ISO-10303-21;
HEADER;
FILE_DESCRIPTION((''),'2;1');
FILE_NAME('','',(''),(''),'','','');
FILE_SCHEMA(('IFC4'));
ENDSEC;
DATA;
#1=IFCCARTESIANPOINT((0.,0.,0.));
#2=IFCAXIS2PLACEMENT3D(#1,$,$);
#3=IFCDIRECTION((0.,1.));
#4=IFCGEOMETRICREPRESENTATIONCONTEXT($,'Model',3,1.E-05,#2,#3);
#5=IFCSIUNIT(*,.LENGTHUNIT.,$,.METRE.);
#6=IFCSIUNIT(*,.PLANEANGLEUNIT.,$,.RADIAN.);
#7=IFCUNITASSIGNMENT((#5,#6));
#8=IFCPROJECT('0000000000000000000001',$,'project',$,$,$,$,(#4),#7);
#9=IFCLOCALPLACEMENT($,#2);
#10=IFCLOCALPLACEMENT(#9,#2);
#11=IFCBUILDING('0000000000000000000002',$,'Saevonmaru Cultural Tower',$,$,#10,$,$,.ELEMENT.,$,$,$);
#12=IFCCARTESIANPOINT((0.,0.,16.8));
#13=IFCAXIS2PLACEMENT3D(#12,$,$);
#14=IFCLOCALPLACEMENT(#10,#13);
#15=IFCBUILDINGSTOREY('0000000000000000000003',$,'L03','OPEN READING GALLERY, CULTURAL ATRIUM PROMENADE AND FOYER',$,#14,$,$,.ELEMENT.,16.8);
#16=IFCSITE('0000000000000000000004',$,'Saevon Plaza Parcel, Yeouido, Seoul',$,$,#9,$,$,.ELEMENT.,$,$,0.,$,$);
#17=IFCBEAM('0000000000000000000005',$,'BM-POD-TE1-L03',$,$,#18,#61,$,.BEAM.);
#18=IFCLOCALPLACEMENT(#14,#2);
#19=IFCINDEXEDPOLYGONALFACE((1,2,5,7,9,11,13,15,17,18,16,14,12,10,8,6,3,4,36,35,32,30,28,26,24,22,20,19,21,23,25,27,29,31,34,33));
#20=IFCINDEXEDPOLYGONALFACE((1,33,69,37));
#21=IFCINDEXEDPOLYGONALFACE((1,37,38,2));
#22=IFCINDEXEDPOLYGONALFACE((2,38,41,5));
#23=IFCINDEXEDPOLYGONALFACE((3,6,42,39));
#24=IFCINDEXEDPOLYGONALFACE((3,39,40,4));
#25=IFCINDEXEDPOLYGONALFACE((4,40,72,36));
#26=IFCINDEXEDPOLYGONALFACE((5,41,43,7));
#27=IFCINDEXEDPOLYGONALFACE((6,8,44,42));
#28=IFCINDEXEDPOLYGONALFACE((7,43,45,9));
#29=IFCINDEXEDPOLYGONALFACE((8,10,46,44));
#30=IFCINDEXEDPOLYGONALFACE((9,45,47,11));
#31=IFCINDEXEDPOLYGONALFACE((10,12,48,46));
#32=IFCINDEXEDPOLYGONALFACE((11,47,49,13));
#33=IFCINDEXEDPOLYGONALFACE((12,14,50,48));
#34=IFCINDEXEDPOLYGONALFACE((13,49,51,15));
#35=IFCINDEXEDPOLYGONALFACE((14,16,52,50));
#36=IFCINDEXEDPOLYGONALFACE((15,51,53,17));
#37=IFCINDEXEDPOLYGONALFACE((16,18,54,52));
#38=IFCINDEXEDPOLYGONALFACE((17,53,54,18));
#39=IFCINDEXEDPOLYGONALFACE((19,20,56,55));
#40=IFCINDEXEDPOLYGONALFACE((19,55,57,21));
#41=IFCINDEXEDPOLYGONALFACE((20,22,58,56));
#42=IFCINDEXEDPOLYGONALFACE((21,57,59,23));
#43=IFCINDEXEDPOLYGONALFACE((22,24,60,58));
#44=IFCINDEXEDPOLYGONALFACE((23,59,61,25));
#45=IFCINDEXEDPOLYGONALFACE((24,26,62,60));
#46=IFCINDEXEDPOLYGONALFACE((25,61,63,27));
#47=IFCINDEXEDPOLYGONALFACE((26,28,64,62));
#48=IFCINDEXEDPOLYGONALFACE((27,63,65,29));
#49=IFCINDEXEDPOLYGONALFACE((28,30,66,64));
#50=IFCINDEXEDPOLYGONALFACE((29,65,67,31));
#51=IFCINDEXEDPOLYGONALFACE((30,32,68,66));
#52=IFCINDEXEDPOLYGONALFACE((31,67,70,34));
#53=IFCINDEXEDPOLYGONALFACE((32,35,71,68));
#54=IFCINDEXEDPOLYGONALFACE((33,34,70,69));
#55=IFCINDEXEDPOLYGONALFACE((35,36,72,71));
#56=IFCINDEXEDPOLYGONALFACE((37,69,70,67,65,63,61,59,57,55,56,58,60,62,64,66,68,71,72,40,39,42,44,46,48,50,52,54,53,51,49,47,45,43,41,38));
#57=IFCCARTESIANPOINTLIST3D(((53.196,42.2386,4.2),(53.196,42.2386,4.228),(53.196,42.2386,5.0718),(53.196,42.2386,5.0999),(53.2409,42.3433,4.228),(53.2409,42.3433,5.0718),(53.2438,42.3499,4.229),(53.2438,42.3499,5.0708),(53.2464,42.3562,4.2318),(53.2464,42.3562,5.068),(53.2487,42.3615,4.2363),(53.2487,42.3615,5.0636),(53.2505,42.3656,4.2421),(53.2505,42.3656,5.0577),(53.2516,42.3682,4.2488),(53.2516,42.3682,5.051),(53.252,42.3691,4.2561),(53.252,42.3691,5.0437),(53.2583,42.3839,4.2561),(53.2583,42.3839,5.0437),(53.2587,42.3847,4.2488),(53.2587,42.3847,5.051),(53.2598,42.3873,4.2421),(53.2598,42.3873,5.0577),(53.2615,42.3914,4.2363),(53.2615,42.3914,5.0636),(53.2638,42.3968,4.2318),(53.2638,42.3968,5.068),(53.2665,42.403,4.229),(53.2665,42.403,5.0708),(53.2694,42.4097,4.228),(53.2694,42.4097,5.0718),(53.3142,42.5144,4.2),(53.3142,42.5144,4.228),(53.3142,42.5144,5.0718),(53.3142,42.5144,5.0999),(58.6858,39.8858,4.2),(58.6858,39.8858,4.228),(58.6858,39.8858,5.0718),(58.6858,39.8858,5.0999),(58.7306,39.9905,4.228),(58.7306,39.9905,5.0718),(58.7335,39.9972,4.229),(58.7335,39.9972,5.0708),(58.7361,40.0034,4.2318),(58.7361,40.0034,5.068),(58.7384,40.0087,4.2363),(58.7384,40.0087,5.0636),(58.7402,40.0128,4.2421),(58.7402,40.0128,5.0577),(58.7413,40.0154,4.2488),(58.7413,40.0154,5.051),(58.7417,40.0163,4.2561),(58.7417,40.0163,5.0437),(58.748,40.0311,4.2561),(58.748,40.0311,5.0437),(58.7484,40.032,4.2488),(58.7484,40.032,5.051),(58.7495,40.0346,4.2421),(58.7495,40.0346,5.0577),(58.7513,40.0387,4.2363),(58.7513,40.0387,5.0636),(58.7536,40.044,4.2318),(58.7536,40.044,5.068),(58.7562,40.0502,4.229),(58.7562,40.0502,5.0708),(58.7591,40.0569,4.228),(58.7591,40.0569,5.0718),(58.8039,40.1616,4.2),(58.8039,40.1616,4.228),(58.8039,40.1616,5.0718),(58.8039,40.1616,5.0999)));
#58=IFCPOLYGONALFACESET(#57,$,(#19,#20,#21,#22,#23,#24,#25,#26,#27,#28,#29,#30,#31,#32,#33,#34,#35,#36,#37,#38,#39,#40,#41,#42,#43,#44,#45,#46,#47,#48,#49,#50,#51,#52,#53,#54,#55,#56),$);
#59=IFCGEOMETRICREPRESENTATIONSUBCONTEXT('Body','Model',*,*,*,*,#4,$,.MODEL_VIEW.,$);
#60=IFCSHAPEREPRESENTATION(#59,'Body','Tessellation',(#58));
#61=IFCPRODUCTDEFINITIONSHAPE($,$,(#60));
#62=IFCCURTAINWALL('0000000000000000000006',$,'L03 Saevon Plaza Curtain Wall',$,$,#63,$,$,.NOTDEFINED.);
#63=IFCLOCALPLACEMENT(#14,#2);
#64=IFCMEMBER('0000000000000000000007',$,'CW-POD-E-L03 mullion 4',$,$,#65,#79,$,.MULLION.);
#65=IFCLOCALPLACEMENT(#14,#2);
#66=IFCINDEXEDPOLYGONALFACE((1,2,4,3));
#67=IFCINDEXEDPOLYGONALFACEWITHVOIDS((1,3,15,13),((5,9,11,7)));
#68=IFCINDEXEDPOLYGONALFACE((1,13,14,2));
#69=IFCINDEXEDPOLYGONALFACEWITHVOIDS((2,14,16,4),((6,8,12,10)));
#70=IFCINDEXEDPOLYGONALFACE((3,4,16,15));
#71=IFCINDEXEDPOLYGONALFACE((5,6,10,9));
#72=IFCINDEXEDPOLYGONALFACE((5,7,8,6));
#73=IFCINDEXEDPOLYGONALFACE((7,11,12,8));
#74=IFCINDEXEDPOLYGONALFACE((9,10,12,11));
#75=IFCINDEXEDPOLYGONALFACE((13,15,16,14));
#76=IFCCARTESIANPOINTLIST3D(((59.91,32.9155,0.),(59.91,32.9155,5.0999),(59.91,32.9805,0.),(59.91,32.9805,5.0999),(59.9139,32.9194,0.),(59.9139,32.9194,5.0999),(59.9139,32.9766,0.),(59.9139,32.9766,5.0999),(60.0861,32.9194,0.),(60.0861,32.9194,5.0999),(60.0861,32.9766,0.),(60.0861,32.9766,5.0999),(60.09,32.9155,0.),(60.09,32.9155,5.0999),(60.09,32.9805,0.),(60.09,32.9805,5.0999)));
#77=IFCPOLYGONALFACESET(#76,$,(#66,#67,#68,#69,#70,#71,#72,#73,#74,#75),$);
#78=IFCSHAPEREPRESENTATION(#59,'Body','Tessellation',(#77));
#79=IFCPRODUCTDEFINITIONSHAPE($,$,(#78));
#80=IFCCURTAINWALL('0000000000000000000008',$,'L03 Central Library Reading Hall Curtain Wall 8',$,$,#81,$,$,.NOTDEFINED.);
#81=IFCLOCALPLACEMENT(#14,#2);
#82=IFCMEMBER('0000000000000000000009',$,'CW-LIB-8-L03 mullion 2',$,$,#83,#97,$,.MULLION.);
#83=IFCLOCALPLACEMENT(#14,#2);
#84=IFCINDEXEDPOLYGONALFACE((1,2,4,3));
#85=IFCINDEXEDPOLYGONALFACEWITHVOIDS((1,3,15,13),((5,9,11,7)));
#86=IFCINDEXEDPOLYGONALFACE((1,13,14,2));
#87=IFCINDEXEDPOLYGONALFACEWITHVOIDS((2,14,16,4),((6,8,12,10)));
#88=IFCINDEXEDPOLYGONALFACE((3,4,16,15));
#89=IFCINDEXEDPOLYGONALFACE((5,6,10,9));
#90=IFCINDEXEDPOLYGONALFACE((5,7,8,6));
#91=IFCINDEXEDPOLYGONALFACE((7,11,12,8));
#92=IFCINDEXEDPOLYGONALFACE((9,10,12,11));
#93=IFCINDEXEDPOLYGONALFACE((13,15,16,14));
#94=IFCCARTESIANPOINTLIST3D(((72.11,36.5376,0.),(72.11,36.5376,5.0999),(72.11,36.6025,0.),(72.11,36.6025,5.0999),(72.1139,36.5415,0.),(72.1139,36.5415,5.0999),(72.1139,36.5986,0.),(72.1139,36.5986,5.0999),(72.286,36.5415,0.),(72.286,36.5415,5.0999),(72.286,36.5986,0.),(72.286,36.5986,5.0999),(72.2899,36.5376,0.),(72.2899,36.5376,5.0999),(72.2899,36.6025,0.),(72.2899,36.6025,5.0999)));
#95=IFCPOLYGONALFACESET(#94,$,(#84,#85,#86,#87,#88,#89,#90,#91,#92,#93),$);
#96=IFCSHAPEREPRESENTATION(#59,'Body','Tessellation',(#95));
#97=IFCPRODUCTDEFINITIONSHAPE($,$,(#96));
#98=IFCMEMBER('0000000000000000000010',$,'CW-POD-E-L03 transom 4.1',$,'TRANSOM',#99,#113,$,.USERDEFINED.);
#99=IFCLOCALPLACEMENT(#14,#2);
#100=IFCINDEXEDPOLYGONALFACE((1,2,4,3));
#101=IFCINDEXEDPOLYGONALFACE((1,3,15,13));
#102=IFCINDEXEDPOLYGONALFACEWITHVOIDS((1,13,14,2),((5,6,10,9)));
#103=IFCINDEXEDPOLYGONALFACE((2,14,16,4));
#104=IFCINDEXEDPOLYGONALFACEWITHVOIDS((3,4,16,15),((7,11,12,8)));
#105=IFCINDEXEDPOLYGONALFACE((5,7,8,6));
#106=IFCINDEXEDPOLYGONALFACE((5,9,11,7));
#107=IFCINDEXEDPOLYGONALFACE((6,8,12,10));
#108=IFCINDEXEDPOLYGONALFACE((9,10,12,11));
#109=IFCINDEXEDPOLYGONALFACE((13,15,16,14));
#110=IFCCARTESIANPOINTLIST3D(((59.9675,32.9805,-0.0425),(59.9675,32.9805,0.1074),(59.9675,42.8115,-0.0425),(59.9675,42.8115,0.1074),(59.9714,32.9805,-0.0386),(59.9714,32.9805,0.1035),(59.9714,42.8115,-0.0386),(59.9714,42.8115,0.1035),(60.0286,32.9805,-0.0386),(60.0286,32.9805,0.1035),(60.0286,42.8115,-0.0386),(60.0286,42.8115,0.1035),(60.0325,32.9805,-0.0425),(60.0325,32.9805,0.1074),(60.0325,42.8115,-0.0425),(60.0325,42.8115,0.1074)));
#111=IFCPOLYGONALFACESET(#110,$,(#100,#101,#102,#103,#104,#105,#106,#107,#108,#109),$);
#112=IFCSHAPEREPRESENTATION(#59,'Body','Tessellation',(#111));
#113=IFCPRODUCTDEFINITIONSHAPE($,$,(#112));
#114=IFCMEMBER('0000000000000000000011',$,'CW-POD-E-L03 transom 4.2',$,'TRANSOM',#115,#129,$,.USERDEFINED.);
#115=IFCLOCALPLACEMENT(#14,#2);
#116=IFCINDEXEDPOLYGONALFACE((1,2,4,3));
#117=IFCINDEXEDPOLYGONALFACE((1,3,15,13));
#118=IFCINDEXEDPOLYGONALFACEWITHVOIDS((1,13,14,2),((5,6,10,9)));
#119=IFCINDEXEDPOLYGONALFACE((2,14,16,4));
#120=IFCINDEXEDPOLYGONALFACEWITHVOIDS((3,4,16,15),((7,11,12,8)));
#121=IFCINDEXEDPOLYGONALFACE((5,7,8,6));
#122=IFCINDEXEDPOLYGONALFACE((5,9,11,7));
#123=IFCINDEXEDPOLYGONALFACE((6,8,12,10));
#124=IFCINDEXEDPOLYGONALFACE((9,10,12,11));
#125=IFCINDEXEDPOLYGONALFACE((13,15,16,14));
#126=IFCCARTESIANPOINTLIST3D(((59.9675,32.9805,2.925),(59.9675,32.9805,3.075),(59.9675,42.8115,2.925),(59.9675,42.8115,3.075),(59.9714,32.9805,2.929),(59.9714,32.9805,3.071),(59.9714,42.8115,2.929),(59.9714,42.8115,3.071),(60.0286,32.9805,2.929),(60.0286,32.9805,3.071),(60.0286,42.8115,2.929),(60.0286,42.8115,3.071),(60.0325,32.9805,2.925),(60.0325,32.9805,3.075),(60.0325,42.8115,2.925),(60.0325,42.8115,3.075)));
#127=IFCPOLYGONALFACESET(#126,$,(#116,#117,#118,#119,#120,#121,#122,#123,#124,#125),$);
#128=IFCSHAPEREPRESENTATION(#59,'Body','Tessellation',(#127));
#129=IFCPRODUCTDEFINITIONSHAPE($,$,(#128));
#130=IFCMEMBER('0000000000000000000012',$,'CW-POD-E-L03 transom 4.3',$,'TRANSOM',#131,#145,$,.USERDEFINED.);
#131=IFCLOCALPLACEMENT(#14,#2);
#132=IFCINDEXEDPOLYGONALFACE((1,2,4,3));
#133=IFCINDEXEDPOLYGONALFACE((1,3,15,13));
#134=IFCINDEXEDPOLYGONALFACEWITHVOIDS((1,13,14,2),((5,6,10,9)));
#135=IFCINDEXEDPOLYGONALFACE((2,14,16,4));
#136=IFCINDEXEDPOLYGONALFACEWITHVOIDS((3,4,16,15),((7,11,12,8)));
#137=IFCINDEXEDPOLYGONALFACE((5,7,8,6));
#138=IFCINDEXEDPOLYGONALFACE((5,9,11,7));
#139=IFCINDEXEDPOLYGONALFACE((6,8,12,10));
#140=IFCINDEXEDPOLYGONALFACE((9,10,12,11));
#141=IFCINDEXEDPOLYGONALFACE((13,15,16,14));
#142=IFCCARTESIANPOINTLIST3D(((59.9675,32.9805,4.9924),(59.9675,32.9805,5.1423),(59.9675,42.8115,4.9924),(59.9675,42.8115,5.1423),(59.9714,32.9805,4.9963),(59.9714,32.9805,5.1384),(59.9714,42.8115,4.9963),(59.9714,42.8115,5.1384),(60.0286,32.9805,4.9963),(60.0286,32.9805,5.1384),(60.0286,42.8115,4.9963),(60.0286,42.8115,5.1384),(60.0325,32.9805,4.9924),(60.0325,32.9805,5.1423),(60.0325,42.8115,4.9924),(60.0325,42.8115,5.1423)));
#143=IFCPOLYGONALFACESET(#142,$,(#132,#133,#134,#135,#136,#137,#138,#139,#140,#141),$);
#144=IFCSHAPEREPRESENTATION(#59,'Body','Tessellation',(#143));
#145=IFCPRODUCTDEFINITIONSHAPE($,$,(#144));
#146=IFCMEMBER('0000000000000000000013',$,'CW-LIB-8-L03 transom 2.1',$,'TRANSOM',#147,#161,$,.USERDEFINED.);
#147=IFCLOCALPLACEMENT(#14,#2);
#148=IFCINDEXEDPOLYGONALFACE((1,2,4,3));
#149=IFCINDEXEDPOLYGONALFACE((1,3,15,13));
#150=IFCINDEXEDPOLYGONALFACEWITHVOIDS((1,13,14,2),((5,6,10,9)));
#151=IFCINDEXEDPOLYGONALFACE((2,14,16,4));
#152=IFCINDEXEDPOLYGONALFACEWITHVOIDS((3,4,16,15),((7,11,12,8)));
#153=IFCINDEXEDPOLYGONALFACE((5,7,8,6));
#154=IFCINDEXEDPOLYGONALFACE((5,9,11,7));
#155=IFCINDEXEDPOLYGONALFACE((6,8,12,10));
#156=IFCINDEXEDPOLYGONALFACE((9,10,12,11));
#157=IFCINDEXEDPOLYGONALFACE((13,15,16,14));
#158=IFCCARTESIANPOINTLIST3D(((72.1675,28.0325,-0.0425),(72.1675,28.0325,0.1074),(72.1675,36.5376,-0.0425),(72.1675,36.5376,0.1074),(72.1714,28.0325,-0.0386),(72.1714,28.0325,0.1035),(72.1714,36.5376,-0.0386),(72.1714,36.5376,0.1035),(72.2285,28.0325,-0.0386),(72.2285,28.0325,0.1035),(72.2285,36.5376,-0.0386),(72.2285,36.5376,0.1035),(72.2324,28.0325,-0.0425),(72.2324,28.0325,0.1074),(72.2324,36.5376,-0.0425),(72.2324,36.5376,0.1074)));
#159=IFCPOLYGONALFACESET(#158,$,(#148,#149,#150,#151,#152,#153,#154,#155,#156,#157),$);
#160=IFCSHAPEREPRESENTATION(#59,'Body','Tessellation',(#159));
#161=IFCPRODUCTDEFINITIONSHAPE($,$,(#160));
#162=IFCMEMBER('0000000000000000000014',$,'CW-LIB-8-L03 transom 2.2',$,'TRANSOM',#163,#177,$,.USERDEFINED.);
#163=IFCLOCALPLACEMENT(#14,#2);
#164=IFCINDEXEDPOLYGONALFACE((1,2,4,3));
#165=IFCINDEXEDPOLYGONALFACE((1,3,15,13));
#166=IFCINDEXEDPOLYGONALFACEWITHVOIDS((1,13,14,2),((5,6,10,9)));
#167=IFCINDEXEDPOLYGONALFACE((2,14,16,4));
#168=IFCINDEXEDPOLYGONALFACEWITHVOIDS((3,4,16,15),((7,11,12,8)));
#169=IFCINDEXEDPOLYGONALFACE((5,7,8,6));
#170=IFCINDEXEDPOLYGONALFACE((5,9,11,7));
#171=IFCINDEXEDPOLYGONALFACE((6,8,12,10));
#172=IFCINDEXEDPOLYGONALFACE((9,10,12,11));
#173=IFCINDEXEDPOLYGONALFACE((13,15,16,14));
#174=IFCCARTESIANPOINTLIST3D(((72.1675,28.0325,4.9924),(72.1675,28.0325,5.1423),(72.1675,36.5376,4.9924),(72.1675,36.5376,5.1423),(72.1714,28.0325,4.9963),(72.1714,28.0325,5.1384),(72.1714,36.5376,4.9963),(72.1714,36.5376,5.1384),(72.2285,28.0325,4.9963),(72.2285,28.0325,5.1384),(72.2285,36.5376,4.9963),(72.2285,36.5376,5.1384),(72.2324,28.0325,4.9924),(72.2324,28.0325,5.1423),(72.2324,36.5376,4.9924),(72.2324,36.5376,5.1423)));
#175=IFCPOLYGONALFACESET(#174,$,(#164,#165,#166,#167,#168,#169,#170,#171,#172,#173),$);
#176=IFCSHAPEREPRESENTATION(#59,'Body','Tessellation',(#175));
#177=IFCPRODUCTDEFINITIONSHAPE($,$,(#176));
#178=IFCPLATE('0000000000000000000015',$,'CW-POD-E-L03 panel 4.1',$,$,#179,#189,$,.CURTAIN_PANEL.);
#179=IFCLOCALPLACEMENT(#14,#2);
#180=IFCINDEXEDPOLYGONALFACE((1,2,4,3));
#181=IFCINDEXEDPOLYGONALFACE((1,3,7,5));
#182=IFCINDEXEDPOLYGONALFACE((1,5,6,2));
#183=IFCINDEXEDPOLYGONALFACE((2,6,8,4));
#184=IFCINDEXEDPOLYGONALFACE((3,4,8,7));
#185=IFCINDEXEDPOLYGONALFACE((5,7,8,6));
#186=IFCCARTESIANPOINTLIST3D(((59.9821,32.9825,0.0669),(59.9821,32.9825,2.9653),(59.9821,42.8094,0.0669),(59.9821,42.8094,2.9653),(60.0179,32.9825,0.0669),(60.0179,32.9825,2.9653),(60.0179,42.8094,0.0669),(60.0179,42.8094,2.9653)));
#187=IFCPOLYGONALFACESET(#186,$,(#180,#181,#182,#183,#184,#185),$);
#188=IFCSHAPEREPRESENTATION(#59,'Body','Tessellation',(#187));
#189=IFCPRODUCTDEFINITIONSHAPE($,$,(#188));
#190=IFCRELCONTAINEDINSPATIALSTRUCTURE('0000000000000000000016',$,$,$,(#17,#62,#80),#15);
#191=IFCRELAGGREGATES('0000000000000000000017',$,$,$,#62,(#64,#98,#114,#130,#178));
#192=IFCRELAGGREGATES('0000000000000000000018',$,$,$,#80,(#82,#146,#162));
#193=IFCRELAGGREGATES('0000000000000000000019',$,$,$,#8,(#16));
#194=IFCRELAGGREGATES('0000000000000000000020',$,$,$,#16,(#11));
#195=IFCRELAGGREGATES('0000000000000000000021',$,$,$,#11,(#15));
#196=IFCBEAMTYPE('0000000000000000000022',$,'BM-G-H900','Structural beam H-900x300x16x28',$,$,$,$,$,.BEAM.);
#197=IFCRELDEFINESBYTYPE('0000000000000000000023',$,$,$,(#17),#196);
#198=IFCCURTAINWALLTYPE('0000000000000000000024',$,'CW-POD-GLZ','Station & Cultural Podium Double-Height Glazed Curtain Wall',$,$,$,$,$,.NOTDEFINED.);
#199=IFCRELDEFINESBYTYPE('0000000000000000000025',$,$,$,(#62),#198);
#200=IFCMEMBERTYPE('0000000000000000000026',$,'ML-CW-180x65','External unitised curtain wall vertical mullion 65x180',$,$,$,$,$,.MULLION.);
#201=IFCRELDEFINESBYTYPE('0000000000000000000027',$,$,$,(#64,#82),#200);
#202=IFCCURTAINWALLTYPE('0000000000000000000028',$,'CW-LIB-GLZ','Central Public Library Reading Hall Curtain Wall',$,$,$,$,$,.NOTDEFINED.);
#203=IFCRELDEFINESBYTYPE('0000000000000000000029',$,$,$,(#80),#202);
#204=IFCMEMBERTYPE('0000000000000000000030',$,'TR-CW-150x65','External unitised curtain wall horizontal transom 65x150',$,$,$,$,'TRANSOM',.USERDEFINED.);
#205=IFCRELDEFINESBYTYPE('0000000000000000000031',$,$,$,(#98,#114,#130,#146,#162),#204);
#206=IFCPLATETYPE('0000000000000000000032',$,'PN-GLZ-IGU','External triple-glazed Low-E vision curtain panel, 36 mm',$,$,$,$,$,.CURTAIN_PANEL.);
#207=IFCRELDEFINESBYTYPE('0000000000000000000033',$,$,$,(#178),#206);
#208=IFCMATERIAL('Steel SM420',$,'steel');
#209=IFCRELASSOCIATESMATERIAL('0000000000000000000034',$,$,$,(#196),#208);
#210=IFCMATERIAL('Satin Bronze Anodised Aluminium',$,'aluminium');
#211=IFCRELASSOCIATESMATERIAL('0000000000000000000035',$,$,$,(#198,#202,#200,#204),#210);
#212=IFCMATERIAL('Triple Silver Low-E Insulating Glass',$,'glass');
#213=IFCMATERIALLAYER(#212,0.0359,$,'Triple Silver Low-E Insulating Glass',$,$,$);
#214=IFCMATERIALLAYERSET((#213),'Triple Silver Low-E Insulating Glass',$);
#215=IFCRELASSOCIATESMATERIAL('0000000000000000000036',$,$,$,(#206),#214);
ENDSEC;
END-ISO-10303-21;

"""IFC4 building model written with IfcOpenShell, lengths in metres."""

from ifc_helpers import new_model, si_unit, direction, frame, origin, origin_2d, place, context, subcontext, project, spatial, rectangle, hollow_rectangle, i_section, extrude, material, layer, layer_set, material_profile, profile_set, type_object, element, aggregate, save


model = new_model("IFC4")

# Units and contexts
model_context = context("Model", 3, precision=1e-05, world=origin(), true_north=direction((0.0, 1.0)))
body_context = subcontext(model_context, "Body", "Model", "MODEL_VIEW")
ifc_project = project(units=[si_unit("LENGTHUNIT", "METRE"), si_unit("PLANEANGLEUNIT", "RADIAN")], contexts=[model_context])

# Site, building, storey
site_placement = place(None, origin())
site = spatial("IfcSite", under=ifc_project, at=site_placement, Name="Saevon Plaza Parcel, Yeouido, Seoul", CompositionType="ELEMENT", RefElevation=0.0)
building_placement = place(site_placement, origin())
building = spatial("IfcBuilding", under=site, at=building_placement, Name="Saevonmaru Cultural Tower", CompositionType="ELEMENT")
storey_placement = place(building_placement, frame((0.0, 0.0, 16.8)))
storey = spatial("IfcBuildingStorey", under=building, at=storey_placement, Name="L03", Description="OPEN READING GALLERY, CULTURAL ATRIUM PROMENADE AND FOYER", CompositionType="ELEMENT", Elevation=16.8)

# Shared definitions
ifc_material_1 = material(Name="Steel SM420", Category="steel")

# Beam
ifc_material_profile_1 = material_profile(ifc_material_1, i_section(OverallWidth=0.3, OverallDepth=0.8999, WebThickness=0.0161, FlangeThickness=0.0281, FilletRadius=0.0281, at=origin_2d()), Name="H-900x300x16x28")
ifc_profile_set_1 = profile_set([ifc_material_profile_1], Name="Steel SM420")
beam_type = type_object("IfcBeamType", Name="BM-G-H900", Description="Structural beam H-900x300x16x28", PredefinedType="BEAM", material=ifc_profile_set_1)
beam_placement = place(storey_placement, frame((53.2551, 42.3765, 4.6499), z_axis=(0.919143, -0.393924, 0.0), x_axis=(0.393924, 0.919143, 0.0)))
element("IfcBeam", 1, at=beam_placement, inside=storey, type_object=beam_type, Name="BM-POD-TE1-L03", PredefinedType="BEAM", context=body_context, shape_type="SweptSolid", body=[
    extrude(i_section(OverallWidth=0.3, OverallDepth=0.8999, WebThickness=0.0161, FlangeThickness=0.0281, FilletRadius=0.0281, at=origin_2d()), origin(), (0.0, 0.0, 1.0), 5.9727),
])

# Curtain walls, members
ifc_material_2 = material(Name="Satin Bronze Anodised Aluminium", Category="aluminium")
curtain_wall_type_1 = type_object("IfcCurtainWallType", Name="CW-POD-GLZ", Description="Station & Cultural Podium Double-Height Glazed Curtain Wall", PredefinedType="NOTDEFINED", material=ifc_material_2)
curtain_wall_1_placement = place(storey_placement, origin())
curtain_wall_1 = element("IfcCurtainWall", 2, at=curtain_wall_1_placement, inside=storey, type_object=curtain_wall_type_1, Name="L03 Saevon Plaza Curtain Wall", PredefinedType="NOTDEFINED")
ifc_material_profile_2 = material_profile(ifc_material_2, hollow_rectangle(XDim=0.0649, YDim=0.1799, WallThickness=0.0039, at=origin_2d()), Name="ALU-MULL-180x65x4")
ifc_profile_set_2 = profile_set([ifc_material_profile_2], Name="Satin Bronze Anodised Aluminium")
member_type_1 = type_object("IfcMemberType", Name="ML-CW-180x65", Description="External unitised curtain wall vertical mullion 65x180", PredefinedType="MULLION", material=ifc_profile_set_2)
member_1_placement = place(storey_placement, frame((60.0, 32.948, 0.0), z_axis=(0.0, 0.0, 1.0), x_axis=(0.0, 1.0, 0.0)))
member_1 = element("IfcMember", 3, at=member_1_placement, type_object=member_type_1, Name="CW-POD-E-L03 mullion 4", PredefinedType="MULLION", context=body_context, shape_type="SweptSolid", body=[
    extrude(hollow_rectangle(XDim=0.0649, YDim=0.1799, WallThickness=0.0039, at=origin_2d()), origin(), (0.0, 0.0, 1.0), 5.0999),
])
curtain_wall_type_2 = type_object("IfcCurtainWallType", Name="CW-LIB-GLZ", Description="Central Public Library Reading Hall Curtain Wall", PredefinedType="NOTDEFINED", material=ifc_material_2)
curtain_wall_2_placement = place(storey_placement, origin())
curtain_wall_2 = element("IfcCurtainWall", 4, at=curtain_wall_2_placement, inside=storey, type_object=curtain_wall_type_2, Name="L03 Central Library Reading Hall Curtain Wall 8", PredefinedType="NOTDEFINED")
member_2_placement = place(storey_placement, frame((72.2, 36.5701, 0.0), z_axis=(0.0, 0.0, 1.0), x_axis=(0.0, -1.0, 0.0)))
member_2 = element("IfcMember", 5, at=member_2_placement, type_object=member_type_1, Name="CW-LIB-8-L03 mullion 2", PredefinedType="MULLION", context=body_context, shape_type="SweptSolid", body=[
    extrude(hollow_rectangle(XDim=0.0649, YDim=0.1799, WallThickness=0.0039, at=origin_2d()), origin(), (0.0, 0.0, 1.0), 5.0999),
])

# Members
ifc_material_profile_3 = material_profile(ifc_material_2, hollow_rectangle(XDim=0.0649, YDim=0.1499, WallThickness=0.0039, at=origin_2d()), Name="ALU-TRAN-150x65x4")
ifc_profile_set_3 = profile_set([ifc_material_profile_3], Name="Satin Bronze Anodised Aluminium")
member_type_2 = type_object("IfcMemberType", Name="TR-CW-150x65", Description="External unitised curtain wall horizontal transom 65x150", ElementType="TRANSOM", PredefinedType="USERDEFINED", material=ifc_profile_set_3)
member_3_placement = place(storey_placement, frame((60.0, 32.9805, 0.0325), z_axis=(0.0, 1.0, 0.0), x_axis=(-1.0, 0.0, 0.0)))
member_3 = element("IfcMember", 6, at=member_3_placement, type_object=member_type_2, Name="CW-POD-E-L03 transom 4.1", ObjectType="TRANSOM", PredefinedType="USERDEFINED", context=body_context, shape_type="SweptSolid", body=[
    extrude(hollow_rectangle(XDim=0.0649, YDim=0.1499, WallThickness=0.0039, at=origin_2d()), origin(), (0.0, 0.0, 1.0), 9.8311),
])
member_4_placement = place(storey_placement, frame((60.0, 32.9805, 3.0), z_axis=(0.0, 1.0, 0.0), x_axis=(-1.0, 0.0, 0.0)))
member_4 = element("IfcMember", 7, at=member_4_placement, type_object=member_type_2, Name="CW-POD-E-L03 transom 4.2", ObjectType="TRANSOM", PredefinedType="USERDEFINED", context=body_context, shape_type="SweptSolid", body=[
    extrude(hollow_rectangle(XDim=0.0649, YDim=0.1499, WallThickness=0.0039, at=origin_2d()), origin(), (0.0, 0.0, 1.0), 9.8311),
])
member_5_placement = place(storey_placement, frame((60.0, 32.9805, 5.0674), z_axis=(0.0, 1.0, 0.0), x_axis=(-1.0, 0.0, 0.0)))
member_5 = element("IfcMember", 8, at=member_5_placement, type_object=member_type_2, Name="CW-POD-E-L03 transom 4.3", ObjectType="TRANSOM", PredefinedType="USERDEFINED", context=body_context, shape_type="SweptSolid", body=[
    extrude(hollow_rectangle(XDim=0.0649, YDim=0.1499, WallThickness=0.0039, at=origin_2d()), origin(), (0.0, 0.0, 1.0), 9.8311),
])
member_6_placement = place(storey_placement, frame((72.2, 36.5376, 0.0325), z_axis=(0.0, -1.0, 0.0), x_axis=(1.0, 0.0, 0.0)))
member_6 = element("IfcMember", 9, at=member_6_placement, type_object=member_type_2, Name="CW-LIB-8-L03 transom 2.1", ObjectType="TRANSOM", PredefinedType="USERDEFINED", context=body_context, shape_type="SweptSolid", body=[
    extrude(hollow_rectangle(XDim=0.0649, YDim=0.1499, WallThickness=0.0039, at=origin_2d()), origin(), (0.0, 0.0, 1.0), 8.5051),
])
member_7_placement = place(storey_placement, frame((72.2, 36.5376, 5.0674), z_axis=(0.0, -1.0, 0.0), x_axis=(1.0, 0.0, 0.0)))
member_7 = element("IfcMember", 10, at=member_7_placement, type_object=member_type_2, Name="CW-LIB-8-L03 transom 2.2", ObjectType="TRANSOM", PredefinedType="USERDEFINED", context=body_context, shape_type="SweptSolid", body=[
    extrude(hollow_rectangle(XDim=0.0649, YDim=0.1499, WallThickness=0.0039, at=origin_2d()), origin(), (0.0, 0.0, 1.0), 8.5051),
])

# Plate
ifc_material_3 = material(Name="Triple Silver Low-E Insulating Glass", Category="glass")
ifc_layer = layer(ifc_material_3, 0.0359, Name="Triple Silver Low-E Insulating Glass")
ifc_layer_set = layer_set([ifc_layer], Name="Triple Silver Low-E Insulating Glass")
plate_type = type_object("IfcPlateType", Name="PN-GLZ-IGU", Description="External triple-glazed Low-E vision curtain panel, 36 mm", PredefinedType="CURTAIN_PANEL", material=ifc_layer_set)
plate_1_placement = place(storey_placement, frame((60.0, 37.896, 0.0669), z_axis=(0.0, 0.0, 1.0), x_axis=(0.0, 1.0, 0.0)))
plate_1 = element("IfcPlate", 11, at=plate_1_placement, type_object=plate_type, Name="CW-POD-E-L03 panel 4.1", PredefinedType="CURTAIN_PANEL", context=body_context, shape_type="SweptSolid", body=[
    extrude(rectangle(XDim=9.8269, YDim=0.0359, at=origin_2d()), origin(), (0.0, 0.0, 1.0), 2.8984),
])
aggregate(curtain_wall_1, [member_1, member_3, member_4, member_5, plate_1])
aggregate(curtain_wall_2, [member_2, member_6, member_7])

save(model, "model.ifc")
